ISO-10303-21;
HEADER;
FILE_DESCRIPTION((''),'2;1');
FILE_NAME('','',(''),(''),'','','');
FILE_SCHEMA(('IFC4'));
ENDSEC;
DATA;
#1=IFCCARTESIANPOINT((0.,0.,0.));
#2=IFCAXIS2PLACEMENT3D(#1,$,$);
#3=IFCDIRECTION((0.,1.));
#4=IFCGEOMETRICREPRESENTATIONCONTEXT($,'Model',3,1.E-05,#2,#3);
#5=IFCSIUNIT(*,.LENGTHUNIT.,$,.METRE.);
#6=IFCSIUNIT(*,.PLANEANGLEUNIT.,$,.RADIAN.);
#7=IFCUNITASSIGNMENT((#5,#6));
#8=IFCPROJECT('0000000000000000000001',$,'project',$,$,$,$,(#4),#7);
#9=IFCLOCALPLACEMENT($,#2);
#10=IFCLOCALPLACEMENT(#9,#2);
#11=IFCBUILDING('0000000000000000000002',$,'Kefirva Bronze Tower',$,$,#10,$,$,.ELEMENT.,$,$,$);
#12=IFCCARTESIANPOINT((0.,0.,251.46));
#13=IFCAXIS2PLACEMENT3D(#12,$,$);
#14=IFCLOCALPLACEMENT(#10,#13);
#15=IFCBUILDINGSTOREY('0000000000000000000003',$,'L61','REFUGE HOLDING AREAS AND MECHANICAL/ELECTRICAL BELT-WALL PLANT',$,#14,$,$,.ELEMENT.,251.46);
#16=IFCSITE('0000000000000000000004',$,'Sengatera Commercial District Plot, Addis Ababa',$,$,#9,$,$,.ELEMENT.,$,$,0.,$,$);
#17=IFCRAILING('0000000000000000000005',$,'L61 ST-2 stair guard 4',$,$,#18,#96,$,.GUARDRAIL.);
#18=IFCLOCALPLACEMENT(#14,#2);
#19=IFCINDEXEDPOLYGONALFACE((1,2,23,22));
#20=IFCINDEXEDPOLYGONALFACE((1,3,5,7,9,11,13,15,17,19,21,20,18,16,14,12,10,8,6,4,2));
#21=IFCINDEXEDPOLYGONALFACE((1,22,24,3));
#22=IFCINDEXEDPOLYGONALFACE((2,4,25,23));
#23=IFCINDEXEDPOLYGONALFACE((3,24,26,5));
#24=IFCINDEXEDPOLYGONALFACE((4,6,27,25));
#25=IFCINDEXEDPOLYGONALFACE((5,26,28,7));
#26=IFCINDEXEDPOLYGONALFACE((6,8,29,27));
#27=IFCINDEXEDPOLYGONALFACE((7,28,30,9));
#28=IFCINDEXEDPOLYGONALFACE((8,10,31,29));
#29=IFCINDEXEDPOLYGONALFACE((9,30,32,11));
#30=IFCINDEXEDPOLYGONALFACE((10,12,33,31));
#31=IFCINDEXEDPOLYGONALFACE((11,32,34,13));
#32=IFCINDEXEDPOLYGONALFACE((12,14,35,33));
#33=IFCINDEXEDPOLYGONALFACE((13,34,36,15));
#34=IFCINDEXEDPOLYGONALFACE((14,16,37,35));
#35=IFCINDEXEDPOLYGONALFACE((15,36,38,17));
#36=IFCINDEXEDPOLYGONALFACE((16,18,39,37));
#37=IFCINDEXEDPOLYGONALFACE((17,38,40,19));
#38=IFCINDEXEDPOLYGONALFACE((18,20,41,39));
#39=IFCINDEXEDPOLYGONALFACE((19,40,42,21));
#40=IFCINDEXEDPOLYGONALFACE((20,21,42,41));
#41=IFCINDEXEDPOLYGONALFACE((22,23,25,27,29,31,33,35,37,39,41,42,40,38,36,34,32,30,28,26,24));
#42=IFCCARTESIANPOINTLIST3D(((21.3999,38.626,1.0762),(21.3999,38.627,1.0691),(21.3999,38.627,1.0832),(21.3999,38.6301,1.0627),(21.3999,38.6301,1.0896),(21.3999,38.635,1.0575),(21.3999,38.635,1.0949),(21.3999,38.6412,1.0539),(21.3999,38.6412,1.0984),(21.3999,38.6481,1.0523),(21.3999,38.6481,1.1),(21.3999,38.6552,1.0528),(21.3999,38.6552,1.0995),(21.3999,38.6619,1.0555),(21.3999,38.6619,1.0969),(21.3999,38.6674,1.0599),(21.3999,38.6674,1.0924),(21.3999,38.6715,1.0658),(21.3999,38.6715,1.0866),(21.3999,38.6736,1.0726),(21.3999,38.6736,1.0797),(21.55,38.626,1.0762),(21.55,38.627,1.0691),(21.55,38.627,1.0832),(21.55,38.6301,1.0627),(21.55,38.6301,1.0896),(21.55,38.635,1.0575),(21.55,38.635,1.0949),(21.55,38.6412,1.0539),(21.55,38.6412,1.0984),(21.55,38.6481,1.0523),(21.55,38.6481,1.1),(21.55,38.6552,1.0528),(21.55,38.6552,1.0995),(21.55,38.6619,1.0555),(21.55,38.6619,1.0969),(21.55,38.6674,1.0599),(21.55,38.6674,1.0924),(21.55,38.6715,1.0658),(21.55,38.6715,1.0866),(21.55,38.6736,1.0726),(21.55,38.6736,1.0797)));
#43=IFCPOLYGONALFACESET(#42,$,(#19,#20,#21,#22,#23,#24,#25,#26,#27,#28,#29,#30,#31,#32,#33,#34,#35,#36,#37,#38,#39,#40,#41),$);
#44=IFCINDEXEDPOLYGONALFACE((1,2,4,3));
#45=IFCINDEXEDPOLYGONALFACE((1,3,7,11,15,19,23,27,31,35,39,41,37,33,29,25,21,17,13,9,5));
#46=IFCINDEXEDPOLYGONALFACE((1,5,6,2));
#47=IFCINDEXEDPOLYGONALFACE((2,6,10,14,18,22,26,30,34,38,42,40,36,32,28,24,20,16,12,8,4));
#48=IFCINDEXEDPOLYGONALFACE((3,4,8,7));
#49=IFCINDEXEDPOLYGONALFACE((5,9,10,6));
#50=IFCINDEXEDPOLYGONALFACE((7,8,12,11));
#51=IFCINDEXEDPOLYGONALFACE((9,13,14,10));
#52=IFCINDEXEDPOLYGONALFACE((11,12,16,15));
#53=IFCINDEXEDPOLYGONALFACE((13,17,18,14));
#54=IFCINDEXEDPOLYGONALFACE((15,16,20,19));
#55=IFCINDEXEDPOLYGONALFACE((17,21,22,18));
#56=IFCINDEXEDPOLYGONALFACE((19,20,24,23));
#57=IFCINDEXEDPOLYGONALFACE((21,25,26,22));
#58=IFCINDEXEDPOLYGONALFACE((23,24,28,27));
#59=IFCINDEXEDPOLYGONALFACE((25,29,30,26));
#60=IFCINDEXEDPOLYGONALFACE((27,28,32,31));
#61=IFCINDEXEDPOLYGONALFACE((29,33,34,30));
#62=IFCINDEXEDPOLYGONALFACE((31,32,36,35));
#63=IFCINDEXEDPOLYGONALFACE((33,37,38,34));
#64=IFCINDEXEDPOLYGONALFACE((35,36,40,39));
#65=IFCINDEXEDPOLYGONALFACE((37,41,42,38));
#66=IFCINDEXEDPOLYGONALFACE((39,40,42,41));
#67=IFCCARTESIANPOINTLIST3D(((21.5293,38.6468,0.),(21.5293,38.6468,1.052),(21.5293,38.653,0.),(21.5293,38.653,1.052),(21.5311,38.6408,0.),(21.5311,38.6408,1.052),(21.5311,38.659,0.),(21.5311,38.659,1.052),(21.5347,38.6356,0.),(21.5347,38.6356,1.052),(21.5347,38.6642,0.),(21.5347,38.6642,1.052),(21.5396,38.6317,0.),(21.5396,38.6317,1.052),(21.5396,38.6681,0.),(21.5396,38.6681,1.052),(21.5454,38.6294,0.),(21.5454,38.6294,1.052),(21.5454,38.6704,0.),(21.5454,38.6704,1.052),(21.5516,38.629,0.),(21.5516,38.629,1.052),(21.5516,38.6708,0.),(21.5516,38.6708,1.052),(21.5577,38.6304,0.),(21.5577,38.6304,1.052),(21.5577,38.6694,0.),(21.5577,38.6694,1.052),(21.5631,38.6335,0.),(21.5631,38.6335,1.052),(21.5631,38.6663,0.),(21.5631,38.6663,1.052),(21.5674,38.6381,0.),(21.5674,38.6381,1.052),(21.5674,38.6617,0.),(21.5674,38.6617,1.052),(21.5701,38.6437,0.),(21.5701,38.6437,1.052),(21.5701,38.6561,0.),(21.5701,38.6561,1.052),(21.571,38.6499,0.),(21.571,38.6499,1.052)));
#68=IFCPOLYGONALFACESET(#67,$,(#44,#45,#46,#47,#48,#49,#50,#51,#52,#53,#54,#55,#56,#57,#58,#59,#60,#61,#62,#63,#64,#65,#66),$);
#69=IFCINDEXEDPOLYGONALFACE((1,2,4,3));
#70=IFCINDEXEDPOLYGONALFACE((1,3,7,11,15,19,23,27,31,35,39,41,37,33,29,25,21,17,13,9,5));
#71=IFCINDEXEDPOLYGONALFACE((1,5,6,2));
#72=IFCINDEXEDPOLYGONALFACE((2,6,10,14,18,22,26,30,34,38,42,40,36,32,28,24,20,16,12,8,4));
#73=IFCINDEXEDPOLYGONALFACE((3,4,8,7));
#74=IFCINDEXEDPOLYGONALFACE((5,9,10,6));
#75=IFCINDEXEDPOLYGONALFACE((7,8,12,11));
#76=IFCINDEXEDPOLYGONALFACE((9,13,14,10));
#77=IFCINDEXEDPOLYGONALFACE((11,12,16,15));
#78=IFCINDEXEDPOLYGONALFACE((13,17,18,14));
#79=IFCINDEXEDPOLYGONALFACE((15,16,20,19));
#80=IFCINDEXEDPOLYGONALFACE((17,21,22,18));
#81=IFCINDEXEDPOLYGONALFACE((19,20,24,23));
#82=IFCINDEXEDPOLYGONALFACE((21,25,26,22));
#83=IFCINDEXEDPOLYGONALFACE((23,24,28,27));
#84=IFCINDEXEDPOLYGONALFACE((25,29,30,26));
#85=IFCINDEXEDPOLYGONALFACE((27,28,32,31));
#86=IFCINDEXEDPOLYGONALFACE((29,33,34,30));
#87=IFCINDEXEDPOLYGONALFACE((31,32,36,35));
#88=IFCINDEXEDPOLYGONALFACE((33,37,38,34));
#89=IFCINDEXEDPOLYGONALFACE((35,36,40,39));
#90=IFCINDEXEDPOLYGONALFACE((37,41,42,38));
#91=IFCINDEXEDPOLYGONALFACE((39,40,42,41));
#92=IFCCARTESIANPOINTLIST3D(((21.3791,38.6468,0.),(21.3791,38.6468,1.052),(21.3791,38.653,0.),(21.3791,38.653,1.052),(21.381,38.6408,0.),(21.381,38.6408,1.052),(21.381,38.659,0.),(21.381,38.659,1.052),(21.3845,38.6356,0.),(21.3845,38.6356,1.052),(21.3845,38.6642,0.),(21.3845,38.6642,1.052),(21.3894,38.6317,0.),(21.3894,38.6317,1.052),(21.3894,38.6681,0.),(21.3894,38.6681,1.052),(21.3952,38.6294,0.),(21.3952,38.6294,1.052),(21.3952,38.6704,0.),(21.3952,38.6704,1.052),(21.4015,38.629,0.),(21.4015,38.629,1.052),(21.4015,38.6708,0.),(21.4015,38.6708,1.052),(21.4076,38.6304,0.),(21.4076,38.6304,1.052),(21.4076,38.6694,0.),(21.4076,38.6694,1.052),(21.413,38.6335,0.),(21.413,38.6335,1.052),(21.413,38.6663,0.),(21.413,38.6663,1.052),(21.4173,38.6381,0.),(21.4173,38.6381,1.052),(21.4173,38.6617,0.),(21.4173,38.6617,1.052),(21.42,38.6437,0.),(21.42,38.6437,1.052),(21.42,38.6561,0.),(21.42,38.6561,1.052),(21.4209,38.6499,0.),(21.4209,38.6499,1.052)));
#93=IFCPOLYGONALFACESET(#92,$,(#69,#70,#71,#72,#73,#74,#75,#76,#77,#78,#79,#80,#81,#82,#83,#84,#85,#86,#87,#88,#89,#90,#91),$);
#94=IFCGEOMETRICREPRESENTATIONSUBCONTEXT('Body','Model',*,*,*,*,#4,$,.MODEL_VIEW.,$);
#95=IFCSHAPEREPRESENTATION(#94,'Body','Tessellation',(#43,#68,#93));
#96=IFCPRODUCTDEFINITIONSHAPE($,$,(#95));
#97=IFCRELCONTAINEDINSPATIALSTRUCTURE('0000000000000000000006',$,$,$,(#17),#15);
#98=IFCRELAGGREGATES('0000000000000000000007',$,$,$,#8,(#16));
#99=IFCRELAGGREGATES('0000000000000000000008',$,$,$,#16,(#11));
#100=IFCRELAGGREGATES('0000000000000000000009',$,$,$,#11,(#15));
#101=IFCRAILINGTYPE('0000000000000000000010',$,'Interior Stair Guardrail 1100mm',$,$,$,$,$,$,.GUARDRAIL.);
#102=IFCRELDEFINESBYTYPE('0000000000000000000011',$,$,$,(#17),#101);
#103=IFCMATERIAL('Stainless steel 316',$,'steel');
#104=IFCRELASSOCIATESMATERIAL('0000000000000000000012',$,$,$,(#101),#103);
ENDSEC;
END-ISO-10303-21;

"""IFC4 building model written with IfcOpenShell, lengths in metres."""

from ifc_helpers import new_model, si_unit, direction, frame, origin, origin_2d, place, context, subcontext, project, spatial, circle, extrude, material, type_object, element, save


model = new_model("IFC4")

# Units and contexts
model_context = context("Model", 3, precision=1e-05, world=origin(), true_north=direction((0.0, 1.0)))
body_context = subcontext(model_context, "Body", "Model", "MODEL_VIEW")
ifc_project = project(units=[si_unit("LENGTHUNIT", "METRE"), si_unit("PLANEANGLEUNIT", "RADIAN")], contexts=[model_context])

# Site, building, storey
site_placement = place(None, origin())
site = spatial("IfcSite", under=ifc_project, at=site_placement, Name="Sengatera Commercial District Plot, Addis Ababa", CompositionType="ELEMENT", RefElevation=0.0)
building_placement = place(site_placement, origin())
building = spatial("IfcBuilding", under=site, at=building_placement, Name="Kefirva Bronze Tower", CompositionType="ELEMENT")
storey_placement = place(building_placement, frame((0.0, 0.0, 251.46)))
storey = spatial("IfcBuildingStorey", under=building, at=storey_placement, Name="L61", Description="REFUGE HOLDING AREAS AND MECHANICAL/ELECTRICAL BELT-WALL PLANT", CompositionType="ELEMENT", Elevation=251.46)

# Railing
ifc_material_1 = material(Name="Stainless steel 316", Category="steel")
railing_type_1 = type_object("IfcRailingType", Name="Interior Stair Guardrail 1100mm", PredefinedType="GUARDRAIL", material=ifc_material_1)
railing_1_placement = place(storey_placement, frame((21.55, 38.6499, 0.0)))
element("IfcRailing", 1, at=railing_1_placement, inside=storey, type_object=railing_type_1, Name="L61 ST-2 stair guard 4", PredefinedType="GUARDRAIL", context=body_context, shape_type="SweptSolid", body=[
    extrude(circle(Radius=0.0239, at=origin_2d()), frame((0.0, 0.0, 1.0762), z_axis=(-1.0, 0.0, 0.0), x_axis=(0.0, -1.0, 0.0)), (0.0, 0.0, 1.0), 0.1501),
    extrude(circle(Radius=0.021, at=origin_2d()), origin(), (0.0, 0.0, 1.0), 1.052),
    extrude(circle(Radius=0.021, at=origin_2d()), frame((-0.1501, 0.0, 0.0)), (0.0, 0.0, 1.0), 1.052),
])

save(model, "model.ifc")
